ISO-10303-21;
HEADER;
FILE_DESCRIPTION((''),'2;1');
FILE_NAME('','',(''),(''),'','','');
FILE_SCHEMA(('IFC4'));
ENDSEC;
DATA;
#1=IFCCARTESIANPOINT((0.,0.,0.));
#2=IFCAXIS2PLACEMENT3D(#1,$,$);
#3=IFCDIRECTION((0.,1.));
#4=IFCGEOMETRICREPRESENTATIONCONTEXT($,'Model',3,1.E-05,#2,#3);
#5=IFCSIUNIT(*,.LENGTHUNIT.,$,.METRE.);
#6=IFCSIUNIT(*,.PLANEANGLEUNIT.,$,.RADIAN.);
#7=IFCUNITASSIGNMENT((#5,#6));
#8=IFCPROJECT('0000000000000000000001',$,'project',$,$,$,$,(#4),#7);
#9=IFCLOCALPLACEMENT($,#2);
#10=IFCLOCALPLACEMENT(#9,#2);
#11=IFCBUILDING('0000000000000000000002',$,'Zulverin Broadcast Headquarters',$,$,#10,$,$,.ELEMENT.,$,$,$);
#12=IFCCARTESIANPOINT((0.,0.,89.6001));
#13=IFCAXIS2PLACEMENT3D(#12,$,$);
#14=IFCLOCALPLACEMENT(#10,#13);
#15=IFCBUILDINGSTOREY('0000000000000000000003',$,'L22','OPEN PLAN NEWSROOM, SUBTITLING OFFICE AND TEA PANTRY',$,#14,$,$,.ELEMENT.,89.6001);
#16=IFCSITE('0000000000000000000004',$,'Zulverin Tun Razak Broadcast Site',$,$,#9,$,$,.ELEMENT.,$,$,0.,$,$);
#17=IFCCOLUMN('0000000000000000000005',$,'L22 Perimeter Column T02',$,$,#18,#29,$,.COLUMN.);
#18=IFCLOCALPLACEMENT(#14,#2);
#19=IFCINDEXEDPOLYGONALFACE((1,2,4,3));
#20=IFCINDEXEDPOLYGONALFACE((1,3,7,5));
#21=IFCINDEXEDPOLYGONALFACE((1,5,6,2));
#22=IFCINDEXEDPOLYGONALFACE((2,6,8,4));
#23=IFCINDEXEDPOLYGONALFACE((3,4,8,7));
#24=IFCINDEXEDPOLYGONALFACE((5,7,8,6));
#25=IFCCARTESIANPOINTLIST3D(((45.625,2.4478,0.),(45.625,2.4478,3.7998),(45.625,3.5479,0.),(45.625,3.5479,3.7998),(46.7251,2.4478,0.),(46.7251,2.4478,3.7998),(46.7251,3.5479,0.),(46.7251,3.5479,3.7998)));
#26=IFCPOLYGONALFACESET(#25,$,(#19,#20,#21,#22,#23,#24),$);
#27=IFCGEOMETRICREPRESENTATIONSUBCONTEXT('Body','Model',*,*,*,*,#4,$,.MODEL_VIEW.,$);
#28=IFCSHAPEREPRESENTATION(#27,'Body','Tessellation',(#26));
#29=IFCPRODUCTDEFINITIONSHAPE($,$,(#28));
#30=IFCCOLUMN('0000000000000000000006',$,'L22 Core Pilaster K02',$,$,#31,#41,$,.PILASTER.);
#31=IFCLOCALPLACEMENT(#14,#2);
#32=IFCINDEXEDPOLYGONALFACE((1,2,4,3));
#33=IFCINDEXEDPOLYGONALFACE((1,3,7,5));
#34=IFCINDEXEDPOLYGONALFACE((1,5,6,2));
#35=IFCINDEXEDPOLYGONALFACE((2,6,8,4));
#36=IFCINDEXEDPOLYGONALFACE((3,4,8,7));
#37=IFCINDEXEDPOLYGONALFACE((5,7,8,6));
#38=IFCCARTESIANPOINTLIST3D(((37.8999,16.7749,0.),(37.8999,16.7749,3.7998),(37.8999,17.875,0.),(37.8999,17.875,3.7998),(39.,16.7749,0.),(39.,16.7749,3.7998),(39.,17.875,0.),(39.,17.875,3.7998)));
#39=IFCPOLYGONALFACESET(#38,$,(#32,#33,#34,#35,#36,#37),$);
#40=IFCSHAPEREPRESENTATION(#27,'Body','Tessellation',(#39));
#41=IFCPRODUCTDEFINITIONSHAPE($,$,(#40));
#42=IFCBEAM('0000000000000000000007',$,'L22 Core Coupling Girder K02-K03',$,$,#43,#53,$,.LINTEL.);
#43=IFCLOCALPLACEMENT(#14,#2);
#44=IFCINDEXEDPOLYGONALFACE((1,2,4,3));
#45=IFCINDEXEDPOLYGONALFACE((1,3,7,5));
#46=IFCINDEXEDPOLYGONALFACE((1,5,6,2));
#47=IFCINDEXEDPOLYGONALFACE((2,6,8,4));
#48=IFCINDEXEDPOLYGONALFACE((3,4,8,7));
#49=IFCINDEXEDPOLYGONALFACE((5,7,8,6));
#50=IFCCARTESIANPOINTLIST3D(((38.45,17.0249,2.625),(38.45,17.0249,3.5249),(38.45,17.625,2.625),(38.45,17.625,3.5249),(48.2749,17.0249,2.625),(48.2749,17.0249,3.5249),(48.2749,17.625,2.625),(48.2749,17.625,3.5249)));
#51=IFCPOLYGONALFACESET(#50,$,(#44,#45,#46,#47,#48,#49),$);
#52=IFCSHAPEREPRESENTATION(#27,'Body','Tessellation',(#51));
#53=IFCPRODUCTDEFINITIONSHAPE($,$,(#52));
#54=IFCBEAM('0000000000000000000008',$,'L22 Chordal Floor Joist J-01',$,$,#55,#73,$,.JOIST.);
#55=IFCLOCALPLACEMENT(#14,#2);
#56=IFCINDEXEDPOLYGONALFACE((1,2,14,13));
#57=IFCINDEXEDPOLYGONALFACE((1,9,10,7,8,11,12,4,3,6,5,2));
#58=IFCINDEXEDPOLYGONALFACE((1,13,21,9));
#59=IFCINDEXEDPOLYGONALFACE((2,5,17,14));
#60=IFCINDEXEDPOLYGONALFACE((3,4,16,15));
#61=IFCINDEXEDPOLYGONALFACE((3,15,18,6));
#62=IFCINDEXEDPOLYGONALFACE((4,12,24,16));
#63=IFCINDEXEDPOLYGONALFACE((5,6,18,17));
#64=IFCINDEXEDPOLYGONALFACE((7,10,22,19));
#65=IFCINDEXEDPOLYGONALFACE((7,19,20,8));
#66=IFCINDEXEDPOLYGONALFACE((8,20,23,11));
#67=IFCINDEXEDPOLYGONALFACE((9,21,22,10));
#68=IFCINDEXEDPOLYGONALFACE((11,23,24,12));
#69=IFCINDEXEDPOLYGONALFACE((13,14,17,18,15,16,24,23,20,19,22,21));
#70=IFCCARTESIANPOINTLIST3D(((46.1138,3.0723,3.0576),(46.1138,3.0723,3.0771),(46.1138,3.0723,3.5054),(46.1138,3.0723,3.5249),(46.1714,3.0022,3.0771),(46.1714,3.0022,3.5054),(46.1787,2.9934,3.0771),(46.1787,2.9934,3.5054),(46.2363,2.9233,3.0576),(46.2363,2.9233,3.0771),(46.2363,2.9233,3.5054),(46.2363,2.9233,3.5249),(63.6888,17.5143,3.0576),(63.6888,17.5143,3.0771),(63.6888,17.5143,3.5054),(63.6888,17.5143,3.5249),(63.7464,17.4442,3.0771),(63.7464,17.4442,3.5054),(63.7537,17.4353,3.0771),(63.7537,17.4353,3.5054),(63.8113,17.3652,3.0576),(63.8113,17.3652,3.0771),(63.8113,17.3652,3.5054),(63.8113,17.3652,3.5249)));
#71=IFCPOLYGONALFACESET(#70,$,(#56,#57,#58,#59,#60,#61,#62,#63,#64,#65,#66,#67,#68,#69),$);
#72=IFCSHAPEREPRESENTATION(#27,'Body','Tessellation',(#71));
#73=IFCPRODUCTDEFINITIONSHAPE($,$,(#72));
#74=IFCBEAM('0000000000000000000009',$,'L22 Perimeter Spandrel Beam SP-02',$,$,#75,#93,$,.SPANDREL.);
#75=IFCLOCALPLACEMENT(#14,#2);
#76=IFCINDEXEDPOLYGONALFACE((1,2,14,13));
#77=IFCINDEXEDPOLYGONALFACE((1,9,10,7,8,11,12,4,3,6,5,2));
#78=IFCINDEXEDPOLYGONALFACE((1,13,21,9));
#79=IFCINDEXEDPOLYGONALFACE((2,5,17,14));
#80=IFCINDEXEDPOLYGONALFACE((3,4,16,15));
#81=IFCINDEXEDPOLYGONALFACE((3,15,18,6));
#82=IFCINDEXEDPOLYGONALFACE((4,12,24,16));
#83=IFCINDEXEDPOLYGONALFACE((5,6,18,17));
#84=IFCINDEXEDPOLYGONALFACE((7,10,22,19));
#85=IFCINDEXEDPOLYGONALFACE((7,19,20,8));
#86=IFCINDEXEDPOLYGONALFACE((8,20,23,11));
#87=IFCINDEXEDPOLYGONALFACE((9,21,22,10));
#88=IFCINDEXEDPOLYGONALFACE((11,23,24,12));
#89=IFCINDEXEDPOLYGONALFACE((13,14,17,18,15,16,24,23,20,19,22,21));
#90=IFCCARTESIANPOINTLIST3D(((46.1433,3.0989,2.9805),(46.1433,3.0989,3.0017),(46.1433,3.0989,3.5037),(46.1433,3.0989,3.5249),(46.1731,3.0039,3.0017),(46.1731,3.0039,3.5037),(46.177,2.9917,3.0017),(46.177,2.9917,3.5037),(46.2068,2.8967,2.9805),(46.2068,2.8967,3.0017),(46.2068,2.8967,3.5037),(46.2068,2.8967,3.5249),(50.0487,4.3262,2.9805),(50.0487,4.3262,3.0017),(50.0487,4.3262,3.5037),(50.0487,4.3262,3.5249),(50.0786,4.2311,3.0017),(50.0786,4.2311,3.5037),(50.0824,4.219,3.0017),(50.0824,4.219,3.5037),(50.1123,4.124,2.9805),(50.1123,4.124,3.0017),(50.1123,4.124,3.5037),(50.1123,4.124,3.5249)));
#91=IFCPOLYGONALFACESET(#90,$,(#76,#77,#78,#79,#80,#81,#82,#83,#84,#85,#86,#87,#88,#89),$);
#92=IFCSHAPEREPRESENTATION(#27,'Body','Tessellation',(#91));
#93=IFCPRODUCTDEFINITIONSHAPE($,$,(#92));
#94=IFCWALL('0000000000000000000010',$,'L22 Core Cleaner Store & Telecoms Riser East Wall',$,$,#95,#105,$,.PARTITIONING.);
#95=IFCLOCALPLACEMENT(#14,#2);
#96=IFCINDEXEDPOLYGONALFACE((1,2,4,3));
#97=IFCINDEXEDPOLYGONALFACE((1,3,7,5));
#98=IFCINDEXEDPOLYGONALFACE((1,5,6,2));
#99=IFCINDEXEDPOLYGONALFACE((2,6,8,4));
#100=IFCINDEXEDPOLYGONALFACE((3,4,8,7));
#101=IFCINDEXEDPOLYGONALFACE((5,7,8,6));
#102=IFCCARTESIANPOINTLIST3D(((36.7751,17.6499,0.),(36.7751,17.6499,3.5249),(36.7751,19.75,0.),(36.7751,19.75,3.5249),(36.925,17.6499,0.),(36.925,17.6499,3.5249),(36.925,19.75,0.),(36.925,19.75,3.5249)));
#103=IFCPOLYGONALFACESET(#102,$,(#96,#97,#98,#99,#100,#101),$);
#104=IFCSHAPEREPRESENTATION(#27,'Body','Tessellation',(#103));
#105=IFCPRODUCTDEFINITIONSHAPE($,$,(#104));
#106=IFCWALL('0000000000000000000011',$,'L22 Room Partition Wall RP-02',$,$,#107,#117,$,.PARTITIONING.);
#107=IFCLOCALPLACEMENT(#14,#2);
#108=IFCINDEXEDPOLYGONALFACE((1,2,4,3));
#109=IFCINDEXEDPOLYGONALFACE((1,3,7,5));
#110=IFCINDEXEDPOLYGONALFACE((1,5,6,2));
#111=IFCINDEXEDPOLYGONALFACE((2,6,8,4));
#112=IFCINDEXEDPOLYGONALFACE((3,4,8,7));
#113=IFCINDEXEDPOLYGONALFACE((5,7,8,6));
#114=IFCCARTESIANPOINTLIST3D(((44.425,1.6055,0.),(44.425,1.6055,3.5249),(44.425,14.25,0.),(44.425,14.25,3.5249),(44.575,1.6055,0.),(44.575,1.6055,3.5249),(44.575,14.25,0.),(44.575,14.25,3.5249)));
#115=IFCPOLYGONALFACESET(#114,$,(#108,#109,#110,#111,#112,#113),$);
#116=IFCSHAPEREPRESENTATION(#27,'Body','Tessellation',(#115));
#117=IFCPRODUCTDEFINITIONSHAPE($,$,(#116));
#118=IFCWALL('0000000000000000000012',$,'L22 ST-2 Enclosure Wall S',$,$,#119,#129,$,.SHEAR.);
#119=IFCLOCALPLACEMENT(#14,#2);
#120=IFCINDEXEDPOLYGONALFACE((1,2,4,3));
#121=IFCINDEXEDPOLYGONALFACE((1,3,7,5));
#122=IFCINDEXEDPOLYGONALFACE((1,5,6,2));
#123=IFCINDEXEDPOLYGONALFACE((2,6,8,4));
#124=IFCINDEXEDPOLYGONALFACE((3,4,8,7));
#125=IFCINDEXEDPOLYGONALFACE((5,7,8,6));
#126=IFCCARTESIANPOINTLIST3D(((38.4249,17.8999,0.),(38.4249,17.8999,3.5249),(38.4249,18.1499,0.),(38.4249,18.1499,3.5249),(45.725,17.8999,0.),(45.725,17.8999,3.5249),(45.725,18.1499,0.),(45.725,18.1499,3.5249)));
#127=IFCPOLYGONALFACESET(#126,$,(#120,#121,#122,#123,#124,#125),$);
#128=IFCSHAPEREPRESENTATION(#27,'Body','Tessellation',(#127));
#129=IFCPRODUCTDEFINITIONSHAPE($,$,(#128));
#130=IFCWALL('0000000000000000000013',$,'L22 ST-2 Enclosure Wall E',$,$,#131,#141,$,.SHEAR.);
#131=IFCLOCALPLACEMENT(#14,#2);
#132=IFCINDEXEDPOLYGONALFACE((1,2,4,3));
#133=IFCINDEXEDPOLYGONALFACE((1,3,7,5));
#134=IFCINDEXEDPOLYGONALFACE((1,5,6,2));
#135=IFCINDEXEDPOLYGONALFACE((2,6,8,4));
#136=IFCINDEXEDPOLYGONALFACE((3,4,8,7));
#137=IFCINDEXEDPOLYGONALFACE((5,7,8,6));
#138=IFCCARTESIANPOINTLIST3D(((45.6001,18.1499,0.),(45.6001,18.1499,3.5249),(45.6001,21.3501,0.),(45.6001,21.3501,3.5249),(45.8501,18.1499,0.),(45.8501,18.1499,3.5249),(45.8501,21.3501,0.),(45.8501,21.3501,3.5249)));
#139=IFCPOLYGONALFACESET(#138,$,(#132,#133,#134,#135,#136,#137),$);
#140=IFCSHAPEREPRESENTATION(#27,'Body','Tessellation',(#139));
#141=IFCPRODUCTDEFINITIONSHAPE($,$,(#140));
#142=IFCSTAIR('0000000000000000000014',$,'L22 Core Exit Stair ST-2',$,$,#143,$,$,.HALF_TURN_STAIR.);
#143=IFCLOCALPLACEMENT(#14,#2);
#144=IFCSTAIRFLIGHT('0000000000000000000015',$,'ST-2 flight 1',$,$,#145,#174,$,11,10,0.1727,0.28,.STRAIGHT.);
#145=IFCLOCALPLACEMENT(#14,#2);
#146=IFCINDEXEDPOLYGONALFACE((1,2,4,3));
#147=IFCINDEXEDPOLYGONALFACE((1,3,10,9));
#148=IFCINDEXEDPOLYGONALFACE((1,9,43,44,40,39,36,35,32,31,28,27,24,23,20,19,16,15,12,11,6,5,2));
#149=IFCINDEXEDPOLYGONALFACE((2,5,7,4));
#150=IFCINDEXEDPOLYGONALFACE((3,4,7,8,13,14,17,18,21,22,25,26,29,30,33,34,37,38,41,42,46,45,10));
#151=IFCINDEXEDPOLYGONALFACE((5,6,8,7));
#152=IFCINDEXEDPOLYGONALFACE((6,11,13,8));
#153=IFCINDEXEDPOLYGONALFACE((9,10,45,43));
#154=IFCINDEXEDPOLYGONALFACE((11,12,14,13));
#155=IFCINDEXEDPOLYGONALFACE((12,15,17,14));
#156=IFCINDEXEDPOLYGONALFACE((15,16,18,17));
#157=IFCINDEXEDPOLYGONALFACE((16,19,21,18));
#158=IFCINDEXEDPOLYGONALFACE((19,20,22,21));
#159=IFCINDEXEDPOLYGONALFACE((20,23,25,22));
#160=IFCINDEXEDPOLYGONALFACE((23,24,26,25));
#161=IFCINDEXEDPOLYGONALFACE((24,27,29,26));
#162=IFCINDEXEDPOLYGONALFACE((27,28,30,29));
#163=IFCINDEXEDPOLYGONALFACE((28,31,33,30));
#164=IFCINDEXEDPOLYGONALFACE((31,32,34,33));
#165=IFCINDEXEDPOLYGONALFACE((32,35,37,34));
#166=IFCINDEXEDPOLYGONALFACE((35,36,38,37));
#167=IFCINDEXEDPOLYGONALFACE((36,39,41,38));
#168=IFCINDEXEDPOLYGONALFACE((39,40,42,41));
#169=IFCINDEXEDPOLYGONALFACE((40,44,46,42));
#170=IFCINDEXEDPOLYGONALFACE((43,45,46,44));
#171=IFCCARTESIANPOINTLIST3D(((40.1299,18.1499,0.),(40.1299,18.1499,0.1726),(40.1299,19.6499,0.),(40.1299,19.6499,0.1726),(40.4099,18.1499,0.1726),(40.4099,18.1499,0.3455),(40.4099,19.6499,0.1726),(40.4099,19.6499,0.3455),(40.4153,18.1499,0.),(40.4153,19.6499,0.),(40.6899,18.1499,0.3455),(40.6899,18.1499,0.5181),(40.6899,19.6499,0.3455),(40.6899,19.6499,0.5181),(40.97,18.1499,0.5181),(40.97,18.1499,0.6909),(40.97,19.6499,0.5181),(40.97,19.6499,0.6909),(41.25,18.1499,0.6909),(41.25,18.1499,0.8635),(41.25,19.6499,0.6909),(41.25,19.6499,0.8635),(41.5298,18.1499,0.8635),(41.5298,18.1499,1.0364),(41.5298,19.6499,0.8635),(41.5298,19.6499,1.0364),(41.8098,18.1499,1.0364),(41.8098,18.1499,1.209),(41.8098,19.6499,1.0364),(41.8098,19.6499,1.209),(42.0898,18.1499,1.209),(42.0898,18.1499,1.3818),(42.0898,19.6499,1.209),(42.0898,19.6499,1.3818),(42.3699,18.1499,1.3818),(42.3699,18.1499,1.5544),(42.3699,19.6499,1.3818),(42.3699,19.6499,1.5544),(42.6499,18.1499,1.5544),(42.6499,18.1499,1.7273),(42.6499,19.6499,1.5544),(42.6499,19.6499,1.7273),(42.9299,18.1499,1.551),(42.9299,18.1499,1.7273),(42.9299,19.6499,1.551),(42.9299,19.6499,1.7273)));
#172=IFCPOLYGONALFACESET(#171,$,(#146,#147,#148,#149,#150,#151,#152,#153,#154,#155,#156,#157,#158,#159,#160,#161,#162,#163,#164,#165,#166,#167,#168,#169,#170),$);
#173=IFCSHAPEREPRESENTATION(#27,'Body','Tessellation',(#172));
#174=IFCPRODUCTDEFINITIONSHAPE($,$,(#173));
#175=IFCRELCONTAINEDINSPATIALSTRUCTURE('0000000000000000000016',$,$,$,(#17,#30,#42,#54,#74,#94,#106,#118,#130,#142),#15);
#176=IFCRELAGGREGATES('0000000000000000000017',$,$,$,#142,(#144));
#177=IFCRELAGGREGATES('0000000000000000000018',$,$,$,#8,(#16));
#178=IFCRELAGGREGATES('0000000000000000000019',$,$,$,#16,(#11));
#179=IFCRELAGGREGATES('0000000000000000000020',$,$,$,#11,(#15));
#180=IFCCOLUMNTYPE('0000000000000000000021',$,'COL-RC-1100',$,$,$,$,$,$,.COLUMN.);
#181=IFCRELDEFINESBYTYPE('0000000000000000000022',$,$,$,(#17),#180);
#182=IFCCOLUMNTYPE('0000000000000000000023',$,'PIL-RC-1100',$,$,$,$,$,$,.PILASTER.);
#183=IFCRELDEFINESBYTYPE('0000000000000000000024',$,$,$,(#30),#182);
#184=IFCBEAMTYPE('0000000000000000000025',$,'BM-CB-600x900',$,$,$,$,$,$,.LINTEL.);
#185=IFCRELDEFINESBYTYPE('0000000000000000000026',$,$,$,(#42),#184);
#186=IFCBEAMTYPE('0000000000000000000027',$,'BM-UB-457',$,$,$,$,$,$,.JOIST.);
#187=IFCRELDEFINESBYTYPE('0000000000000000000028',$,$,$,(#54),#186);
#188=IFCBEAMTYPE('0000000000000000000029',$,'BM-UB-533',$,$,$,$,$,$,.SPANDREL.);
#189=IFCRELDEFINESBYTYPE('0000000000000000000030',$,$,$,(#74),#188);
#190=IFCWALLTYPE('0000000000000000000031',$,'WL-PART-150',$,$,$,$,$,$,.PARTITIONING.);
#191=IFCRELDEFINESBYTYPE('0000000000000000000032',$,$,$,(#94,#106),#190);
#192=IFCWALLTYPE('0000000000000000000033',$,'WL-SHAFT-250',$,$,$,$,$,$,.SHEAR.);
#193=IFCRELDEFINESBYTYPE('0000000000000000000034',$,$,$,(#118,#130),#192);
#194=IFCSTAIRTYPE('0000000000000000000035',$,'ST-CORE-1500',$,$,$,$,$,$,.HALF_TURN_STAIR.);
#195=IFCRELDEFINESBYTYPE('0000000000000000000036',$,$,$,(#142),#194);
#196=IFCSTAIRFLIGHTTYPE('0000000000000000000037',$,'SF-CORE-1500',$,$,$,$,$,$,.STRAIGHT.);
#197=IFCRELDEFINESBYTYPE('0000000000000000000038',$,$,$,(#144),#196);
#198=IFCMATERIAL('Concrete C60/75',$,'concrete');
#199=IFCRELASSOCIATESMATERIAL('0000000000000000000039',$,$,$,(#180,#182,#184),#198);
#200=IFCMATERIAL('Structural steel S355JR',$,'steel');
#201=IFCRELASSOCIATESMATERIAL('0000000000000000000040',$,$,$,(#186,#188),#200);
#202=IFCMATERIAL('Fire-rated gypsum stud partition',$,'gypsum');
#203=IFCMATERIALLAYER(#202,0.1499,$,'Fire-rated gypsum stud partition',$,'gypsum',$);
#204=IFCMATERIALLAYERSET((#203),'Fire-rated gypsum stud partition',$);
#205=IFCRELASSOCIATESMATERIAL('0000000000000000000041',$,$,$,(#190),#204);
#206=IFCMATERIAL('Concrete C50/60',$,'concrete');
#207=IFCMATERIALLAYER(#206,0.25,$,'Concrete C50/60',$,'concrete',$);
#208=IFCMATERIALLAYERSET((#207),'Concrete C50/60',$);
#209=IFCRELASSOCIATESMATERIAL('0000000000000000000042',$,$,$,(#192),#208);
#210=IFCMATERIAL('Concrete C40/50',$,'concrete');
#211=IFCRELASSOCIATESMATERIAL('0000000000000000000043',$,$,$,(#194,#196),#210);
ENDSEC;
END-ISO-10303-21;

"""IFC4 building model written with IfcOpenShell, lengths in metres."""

from ifc_helpers import new_model, si_unit, direction, frame, frame_2d, origin, origin_2d, place, context, subcontext, project, spatial, polyline, rectangle, i_section, outline, extrude, material, layer, layer_set, material_profile, profile_set, type_object, element, aggregate, save


model = new_model("IFC4")

# Units and contexts
model_context = context("Model", 3, precision=1e-05, world=origin(), true_north=direction((0.0, 1.0)))
body_context = subcontext(model_context, "Body", "Model", "MODEL_VIEW")
ifc_project = project(units=[si_unit("LENGTHUNIT", "METRE"), si_unit("PLANEANGLEUNIT", "RADIAN")], contexts=[model_context])

# Site, building, storey
site_placement = place(None, origin())
site = spatial("IfcSite", under=ifc_project, at=site_placement, Name="Zulverin Tun Razak Broadcast Site", CompositionType="ELEMENT", RefElevation=0.0)
building_placement = place(site_placement, origin())
building = spatial("IfcBuilding", under=site, at=building_placement, Name="Zulverin Broadcast Headquarters", CompositionType="ELEMENT")
storey_placement = place(building_placement, frame((0.0, 0.0, 89.6001)))
storey = spatial("IfcBuildingStorey", under=building, at=storey_placement, Name="L22", Description="OPEN PLAN NEWSROOM, SUBTITLING OFFICE AND TEA PANTRY", CompositionType="ELEMENT", Elevation=89.6001)

# Columns
ifc_material_1 = material(Name="Concrete C60/75", Category="concrete")
ifc_material_profile_1 = material_profile(ifc_material_1, rectangle(XDim=1.1001, YDim=1.1001, at=origin_2d()), Name="Concrete C60/75", Category="concrete")
ifc_profile_set_1 = profile_set([ifc_material_profile_1], Name="Concrete C60/75")
column_type_1 = type_object("IfcColumnType", Name="COL-RC-1100", PredefinedType="COLUMN", material=ifc_profile_set_1)
column_1_placement = place(storey_placement, frame((46.175, 2.9978, 0.0), z_axis=(0.0, 0.0, 1.0), x_axis=(1.0, 0.0, 0.0)))
element("IfcColumn", 1, at=column_1_placement, inside=storey, type_object=column_type_1, Name="L22 Perimeter Column T02", PredefinedType="COLUMN", context=body_context, shape_type="SweptSolid", body=[
    extrude(rectangle(XDim=1.1001, YDim=1.1001, at=origin_2d()), origin(), (0.0, 0.0, 1.0), 3.7998),
])
ifc_material_profile_2 = material_profile(ifc_material_1, rectangle(XDim=1.1001, YDim=1.1001, at=origin_2d()), Name="Concrete C60/75", Category="concrete")
ifc_profile_set_2 = profile_set([ifc_material_profile_2], Name="Concrete C60/75")
column_type_2 = type_object("IfcColumnType", Name="PIL-RC-1100", PredefinedType="PILASTER", material=ifc_profile_set_2)
column_2_placement = place(storey_placement, frame((38.45, 17.325, 0.0), z_axis=(0.0, 0.0, 1.0), x_axis=(1.0, 0.0, 0.0)))
element("IfcColumn", 2, at=column_2_placement, inside=storey, type_object=column_type_2, Name="L22 Core Pilaster K02", PredefinedType="PILASTER", context=body_context, shape_type="SweptSolid", body=[
    extrude(rectangle(XDim=1.1001, YDim=1.1001, at=origin_2d()), origin(), (0.0, 0.0, 1.0), 3.7998),
])

# Beams
ifc_material_profile_3 = material_profile(ifc_material_1, rectangle(XDim=0.6001, YDim=0.8999, at=origin_2d()), Name="Concrete C60/75", Category="concrete")
ifc_profile_set_3 = profile_set([ifc_material_profile_3], Name="Concrete C60/75")
beam_type_1 = type_object("IfcBeamType", Name="BM-CB-600x900", PredefinedType="LINTEL", material=ifc_profile_set_3)
beam_1_placement = place(storey_placement, frame((38.45, 17.325, 3.075), z_axis=(1.0, 0.0, 0.0), x_axis=(0.0, 1.0, 0.0)))
element("IfcBeam", 3, at=beam_1_placement, inside=storey, type_object=beam_type_1, Name="L22 Core Coupling Girder K02-K03", PredefinedType="LINTEL", context=body_context, shape_type="SweptSolid", body=[
    extrude(rectangle(XDim=0.6001, YDim=0.8999, at=origin_2d()), origin(), (0.0, 0.0, 1.0), 9.825),
])
ifc_material_2 = material(Name="Structural steel S355JR", Category="steel")
ifc_material_profile_4 = material_profile(ifc_material_2, i_section(OverallWidth=0.1929, OverallDepth=0.4673, WebThickness=0.0115, FlangeThickness=0.0195, at=origin_2d()), Name="Structural steel S355JR", Category="steel")
ifc_profile_set_4 = profile_set([ifc_material_profile_4], Name="Structural steel S355JR")
beam_type_2 = type_object("IfcBeamType", Name="BM-UB-457", PredefinedType="JOIST", material=ifc_profile_set_4)
beam_2_placement = place(storey_placement, frame((46.175, 2.9978, 3.2913), z_axis=(0.772611, 0.634879, 0.0), x_axis=(-0.634879, 0.772611, 0.0)))
element("IfcBeam", 4, at=beam_2_placement, inside=storey, type_object=beam_type_2, Name="L22 Chordal Floor Joist J-01", PredefinedType="JOIST", context=body_context, shape_type="SweptSolid", body=[
    extrude(i_section(OverallWidth=0.1929, OverallDepth=0.4673, WebThickness=0.0115, FlangeThickness=0.0195, at=origin_2d()), origin(), (0.0, 0.0, 1.0), 22.7476),
])
ifc_material_profile_5 = material_profile(ifc_material_2, i_section(OverallWidth=0.2119, OverallDepth=0.5444, WebThickness=0.0127, FlangeThickness=0.0212, at=origin_2d()), Name="Structural steel S355JR", Category="steel")
ifc_profile_set_5 = profile_set([ifc_material_profile_5], Name="Structural steel S355JR")
beam_type_3 = type_object("IfcBeamType", Name="BM-UB-533", PredefinedType="SPANDREL", material=ifc_profile_set_5)
beam_3_placement = place(storey_placement, frame((46.175, 2.9978, 3.2527), z_axis=(0.954004, 0.299792, 0.0), x_axis=(-0.299792, 0.954004, 0.0)))
element("IfcBeam", 5, at=beam_3_placement, inside=storey, type_object=beam_type_3, Name="L22 Perimeter Spandrel Beam SP-02", PredefinedType="SPANDREL", context=body_context, shape_type="SweptSolid", body=[
    extrude(i_section(OverallWidth=0.2119, OverallDepth=0.5444, WebThickness=0.0127, FlangeThickness=0.0212, at=origin_2d()), origin(), (0.0, 0.0, 1.0), 4.0938),
])

# Walls
ifc_material_3 = material(Name="Fire-rated gypsum stud partition", Category="gypsum")
ifc_layer_1 = layer(ifc_material_3, 0.1499, Name="Fire-rated gypsum stud partition", Category="gypsum")
ifc_layer_set_1 = layer_set([ifc_layer_1], Name="Fire-rated gypsum stud partition")
wall_type_1 = type_object("IfcWallType", Name="WL-PART-150", PredefinedType="PARTITIONING", material=ifc_layer_set_1)
wall_1_placement = place(storey_placement, frame((36.8501, 17.6499, 0.0), z_axis=(0.0, 0.0, 1.0), x_axis=(0.0, 1.0, 0.0)))
element("IfcWall", 6, at=wall_1_placement, inside=storey, type_object=wall_type_1, Name="L22 Core Cleaner Store & Telecoms Riser East Wall", PredefinedType="PARTITIONING", context=body_context, shape_type="SweptSolid", body=[
    extrude(rectangle(XDim=2.1001, YDim=0.1499, at=frame_2d((1.05, 0.0))), origin(), (0.0, 0.0, 1.0), 3.5249),
])
wall_2_placement = place(storey_placement, frame((44.5, 1.6055, 0.0), z_axis=(0.0, 0.0, 1.0), x_axis=(0.0, 1.0, 0.0)))
element("IfcWall", 7, at=wall_2_placement, inside=storey, type_object=wall_type_1, Name="L22 Room Partition Wall RP-02", PredefinedType="PARTITIONING", context=body_context, shape_type="SweptSolid", body=[
    extrude(rectangle(XDim=12.6445, YDim=0.1499, at=frame_2d((6.3223, 0.0))), origin(), (0.0, 0.0, 1.0), 3.5249),
])
ifc_material_4 = material(Name="Concrete C50/60", Category="concrete")
ifc_layer_2 = layer(ifc_material_4, 0.25, Name="Concrete C50/60", Category="concrete")
ifc_layer_set_2 = layer_set([ifc_layer_2], Name="Concrete C50/60")
wall_type_2 = type_object("IfcWallType", Name="WL-SHAFT-250", PredefinedType="SHEAR", material=ifc_layer_set_2)
wall_3_placement = place(storey_placement, frame((38.425, 18.0249, 0.0), z_axis=(0.0, 0.0, 1.0), x_axis=(1.0, 0.0, 0.0)))
element("IfcWall", 8, at=wall_3_placement, inside=storey, type_object=wall_type_2, Name="L22 ST-2 Enclosure Wall S", PredefinedType="SHEAR", context=body_context, shape_type="SweptSolid", body=[
    extrude(rectangle(XDim=7.3, YDim=0.25, at=frame_2d((3.6499, 0.0))), origin(), (0.0, 0.0, 1.0), 3.5249),
])

# Wall
wall_4_placement = place(storey_placement, frame((45.7251, 18.1499, 0.0), z_axis=(0.0, 0.0, 1.0), x_axis=(0.0, 1.0, 0.0)))
element("IfcWall", 9, at=wall_4_placement, inside=storey, type_object=wall_type_2, Name="L22 ST-2 Enclosure Wall E", PredefinedType="SHEAR", context=body_context, shape_type="SweptSolid", body=[
    extrude(rectangle(XDim=3.2002, YDim=0.25, at=frame_2d((1.6001, 0.0))), origin(), (0.0, 0.0, 1.0), 3.5249),
])

# Stair, stair flight
ifc_material_5 = material(Name="Concrete C40/50", Category="concrete")
stair_type = type_object("IfcStairType", Name="ST-CORE-1500", PredefinedType="HALF_TURN_STAIR", material=ifc_material_5)
stair_placement = place(storey_placement, origin())
stair = element("IfcStair", 10, at=stair_placement, inside=storey, type_object=stair_type, Name="L22 Core Exit Stair ST-2", PredefinedType="HALF_TURN_STAIR")
stair_flight_type = type_object("IfcStairFlightType", Name="SF-CORE-1500", PredefinedType="STRAIGHT", material=ifc_material_5)
stair_flight_placement = place(storey_placement, frame((40.1299, 18.8999, 0.0), z_axis=(0.0, 0.0, 1.0), x_axis=(1.0, 0.0, 0.0)))
stair_flight = element("IfcStairFlight", 11, at=stair_flight_placement, type_object=stair_flight_type, Name="ST-2 flight 1", NumberOfRisers=11, NumberOfTreads=10, PredefinedType="STRAIGHT", RiserHeight=0.1727, TreadLength=0.28, context=body_context, shape_type="SweptSolid", body=[
    extrude(outline(polyline([(0.0, 0.0), (0.0, 0.1726), (0.28, 0.1726), (0.28, 0.3455), (0.5601, 0.3455), (0.5601, 0.5181), (0.8401, 0.5181), (0.8401, 0.6909), (1.1201, 0.6909), (1.1201, 0.8635), (1.3999, 0.8635), (1.3999, 1.0364), (1.6799, 1.0364), (1.6799, 1.209), (1.96, 1.209), (1.96, 1.3818), (2.24, 1.3818), (2.24, 1.5544), (2.52, 1.5544), (2.52, 1.7273), (2.8, 1.7273), (2.8, 1.8999), (2.8, 1.551), (0.2854, 0.0), (0.0, 0.0)])), frame((0.0, 0.75, 0.0), z_axis=(0.0, -1.0, 0.0), x_axis=(1.0, 0.0, 0.0)), (0.0, 0.0, 1.0), 1.5),
])
aggregate(stair, [stair_flight])

save(model, "model.ifc")
